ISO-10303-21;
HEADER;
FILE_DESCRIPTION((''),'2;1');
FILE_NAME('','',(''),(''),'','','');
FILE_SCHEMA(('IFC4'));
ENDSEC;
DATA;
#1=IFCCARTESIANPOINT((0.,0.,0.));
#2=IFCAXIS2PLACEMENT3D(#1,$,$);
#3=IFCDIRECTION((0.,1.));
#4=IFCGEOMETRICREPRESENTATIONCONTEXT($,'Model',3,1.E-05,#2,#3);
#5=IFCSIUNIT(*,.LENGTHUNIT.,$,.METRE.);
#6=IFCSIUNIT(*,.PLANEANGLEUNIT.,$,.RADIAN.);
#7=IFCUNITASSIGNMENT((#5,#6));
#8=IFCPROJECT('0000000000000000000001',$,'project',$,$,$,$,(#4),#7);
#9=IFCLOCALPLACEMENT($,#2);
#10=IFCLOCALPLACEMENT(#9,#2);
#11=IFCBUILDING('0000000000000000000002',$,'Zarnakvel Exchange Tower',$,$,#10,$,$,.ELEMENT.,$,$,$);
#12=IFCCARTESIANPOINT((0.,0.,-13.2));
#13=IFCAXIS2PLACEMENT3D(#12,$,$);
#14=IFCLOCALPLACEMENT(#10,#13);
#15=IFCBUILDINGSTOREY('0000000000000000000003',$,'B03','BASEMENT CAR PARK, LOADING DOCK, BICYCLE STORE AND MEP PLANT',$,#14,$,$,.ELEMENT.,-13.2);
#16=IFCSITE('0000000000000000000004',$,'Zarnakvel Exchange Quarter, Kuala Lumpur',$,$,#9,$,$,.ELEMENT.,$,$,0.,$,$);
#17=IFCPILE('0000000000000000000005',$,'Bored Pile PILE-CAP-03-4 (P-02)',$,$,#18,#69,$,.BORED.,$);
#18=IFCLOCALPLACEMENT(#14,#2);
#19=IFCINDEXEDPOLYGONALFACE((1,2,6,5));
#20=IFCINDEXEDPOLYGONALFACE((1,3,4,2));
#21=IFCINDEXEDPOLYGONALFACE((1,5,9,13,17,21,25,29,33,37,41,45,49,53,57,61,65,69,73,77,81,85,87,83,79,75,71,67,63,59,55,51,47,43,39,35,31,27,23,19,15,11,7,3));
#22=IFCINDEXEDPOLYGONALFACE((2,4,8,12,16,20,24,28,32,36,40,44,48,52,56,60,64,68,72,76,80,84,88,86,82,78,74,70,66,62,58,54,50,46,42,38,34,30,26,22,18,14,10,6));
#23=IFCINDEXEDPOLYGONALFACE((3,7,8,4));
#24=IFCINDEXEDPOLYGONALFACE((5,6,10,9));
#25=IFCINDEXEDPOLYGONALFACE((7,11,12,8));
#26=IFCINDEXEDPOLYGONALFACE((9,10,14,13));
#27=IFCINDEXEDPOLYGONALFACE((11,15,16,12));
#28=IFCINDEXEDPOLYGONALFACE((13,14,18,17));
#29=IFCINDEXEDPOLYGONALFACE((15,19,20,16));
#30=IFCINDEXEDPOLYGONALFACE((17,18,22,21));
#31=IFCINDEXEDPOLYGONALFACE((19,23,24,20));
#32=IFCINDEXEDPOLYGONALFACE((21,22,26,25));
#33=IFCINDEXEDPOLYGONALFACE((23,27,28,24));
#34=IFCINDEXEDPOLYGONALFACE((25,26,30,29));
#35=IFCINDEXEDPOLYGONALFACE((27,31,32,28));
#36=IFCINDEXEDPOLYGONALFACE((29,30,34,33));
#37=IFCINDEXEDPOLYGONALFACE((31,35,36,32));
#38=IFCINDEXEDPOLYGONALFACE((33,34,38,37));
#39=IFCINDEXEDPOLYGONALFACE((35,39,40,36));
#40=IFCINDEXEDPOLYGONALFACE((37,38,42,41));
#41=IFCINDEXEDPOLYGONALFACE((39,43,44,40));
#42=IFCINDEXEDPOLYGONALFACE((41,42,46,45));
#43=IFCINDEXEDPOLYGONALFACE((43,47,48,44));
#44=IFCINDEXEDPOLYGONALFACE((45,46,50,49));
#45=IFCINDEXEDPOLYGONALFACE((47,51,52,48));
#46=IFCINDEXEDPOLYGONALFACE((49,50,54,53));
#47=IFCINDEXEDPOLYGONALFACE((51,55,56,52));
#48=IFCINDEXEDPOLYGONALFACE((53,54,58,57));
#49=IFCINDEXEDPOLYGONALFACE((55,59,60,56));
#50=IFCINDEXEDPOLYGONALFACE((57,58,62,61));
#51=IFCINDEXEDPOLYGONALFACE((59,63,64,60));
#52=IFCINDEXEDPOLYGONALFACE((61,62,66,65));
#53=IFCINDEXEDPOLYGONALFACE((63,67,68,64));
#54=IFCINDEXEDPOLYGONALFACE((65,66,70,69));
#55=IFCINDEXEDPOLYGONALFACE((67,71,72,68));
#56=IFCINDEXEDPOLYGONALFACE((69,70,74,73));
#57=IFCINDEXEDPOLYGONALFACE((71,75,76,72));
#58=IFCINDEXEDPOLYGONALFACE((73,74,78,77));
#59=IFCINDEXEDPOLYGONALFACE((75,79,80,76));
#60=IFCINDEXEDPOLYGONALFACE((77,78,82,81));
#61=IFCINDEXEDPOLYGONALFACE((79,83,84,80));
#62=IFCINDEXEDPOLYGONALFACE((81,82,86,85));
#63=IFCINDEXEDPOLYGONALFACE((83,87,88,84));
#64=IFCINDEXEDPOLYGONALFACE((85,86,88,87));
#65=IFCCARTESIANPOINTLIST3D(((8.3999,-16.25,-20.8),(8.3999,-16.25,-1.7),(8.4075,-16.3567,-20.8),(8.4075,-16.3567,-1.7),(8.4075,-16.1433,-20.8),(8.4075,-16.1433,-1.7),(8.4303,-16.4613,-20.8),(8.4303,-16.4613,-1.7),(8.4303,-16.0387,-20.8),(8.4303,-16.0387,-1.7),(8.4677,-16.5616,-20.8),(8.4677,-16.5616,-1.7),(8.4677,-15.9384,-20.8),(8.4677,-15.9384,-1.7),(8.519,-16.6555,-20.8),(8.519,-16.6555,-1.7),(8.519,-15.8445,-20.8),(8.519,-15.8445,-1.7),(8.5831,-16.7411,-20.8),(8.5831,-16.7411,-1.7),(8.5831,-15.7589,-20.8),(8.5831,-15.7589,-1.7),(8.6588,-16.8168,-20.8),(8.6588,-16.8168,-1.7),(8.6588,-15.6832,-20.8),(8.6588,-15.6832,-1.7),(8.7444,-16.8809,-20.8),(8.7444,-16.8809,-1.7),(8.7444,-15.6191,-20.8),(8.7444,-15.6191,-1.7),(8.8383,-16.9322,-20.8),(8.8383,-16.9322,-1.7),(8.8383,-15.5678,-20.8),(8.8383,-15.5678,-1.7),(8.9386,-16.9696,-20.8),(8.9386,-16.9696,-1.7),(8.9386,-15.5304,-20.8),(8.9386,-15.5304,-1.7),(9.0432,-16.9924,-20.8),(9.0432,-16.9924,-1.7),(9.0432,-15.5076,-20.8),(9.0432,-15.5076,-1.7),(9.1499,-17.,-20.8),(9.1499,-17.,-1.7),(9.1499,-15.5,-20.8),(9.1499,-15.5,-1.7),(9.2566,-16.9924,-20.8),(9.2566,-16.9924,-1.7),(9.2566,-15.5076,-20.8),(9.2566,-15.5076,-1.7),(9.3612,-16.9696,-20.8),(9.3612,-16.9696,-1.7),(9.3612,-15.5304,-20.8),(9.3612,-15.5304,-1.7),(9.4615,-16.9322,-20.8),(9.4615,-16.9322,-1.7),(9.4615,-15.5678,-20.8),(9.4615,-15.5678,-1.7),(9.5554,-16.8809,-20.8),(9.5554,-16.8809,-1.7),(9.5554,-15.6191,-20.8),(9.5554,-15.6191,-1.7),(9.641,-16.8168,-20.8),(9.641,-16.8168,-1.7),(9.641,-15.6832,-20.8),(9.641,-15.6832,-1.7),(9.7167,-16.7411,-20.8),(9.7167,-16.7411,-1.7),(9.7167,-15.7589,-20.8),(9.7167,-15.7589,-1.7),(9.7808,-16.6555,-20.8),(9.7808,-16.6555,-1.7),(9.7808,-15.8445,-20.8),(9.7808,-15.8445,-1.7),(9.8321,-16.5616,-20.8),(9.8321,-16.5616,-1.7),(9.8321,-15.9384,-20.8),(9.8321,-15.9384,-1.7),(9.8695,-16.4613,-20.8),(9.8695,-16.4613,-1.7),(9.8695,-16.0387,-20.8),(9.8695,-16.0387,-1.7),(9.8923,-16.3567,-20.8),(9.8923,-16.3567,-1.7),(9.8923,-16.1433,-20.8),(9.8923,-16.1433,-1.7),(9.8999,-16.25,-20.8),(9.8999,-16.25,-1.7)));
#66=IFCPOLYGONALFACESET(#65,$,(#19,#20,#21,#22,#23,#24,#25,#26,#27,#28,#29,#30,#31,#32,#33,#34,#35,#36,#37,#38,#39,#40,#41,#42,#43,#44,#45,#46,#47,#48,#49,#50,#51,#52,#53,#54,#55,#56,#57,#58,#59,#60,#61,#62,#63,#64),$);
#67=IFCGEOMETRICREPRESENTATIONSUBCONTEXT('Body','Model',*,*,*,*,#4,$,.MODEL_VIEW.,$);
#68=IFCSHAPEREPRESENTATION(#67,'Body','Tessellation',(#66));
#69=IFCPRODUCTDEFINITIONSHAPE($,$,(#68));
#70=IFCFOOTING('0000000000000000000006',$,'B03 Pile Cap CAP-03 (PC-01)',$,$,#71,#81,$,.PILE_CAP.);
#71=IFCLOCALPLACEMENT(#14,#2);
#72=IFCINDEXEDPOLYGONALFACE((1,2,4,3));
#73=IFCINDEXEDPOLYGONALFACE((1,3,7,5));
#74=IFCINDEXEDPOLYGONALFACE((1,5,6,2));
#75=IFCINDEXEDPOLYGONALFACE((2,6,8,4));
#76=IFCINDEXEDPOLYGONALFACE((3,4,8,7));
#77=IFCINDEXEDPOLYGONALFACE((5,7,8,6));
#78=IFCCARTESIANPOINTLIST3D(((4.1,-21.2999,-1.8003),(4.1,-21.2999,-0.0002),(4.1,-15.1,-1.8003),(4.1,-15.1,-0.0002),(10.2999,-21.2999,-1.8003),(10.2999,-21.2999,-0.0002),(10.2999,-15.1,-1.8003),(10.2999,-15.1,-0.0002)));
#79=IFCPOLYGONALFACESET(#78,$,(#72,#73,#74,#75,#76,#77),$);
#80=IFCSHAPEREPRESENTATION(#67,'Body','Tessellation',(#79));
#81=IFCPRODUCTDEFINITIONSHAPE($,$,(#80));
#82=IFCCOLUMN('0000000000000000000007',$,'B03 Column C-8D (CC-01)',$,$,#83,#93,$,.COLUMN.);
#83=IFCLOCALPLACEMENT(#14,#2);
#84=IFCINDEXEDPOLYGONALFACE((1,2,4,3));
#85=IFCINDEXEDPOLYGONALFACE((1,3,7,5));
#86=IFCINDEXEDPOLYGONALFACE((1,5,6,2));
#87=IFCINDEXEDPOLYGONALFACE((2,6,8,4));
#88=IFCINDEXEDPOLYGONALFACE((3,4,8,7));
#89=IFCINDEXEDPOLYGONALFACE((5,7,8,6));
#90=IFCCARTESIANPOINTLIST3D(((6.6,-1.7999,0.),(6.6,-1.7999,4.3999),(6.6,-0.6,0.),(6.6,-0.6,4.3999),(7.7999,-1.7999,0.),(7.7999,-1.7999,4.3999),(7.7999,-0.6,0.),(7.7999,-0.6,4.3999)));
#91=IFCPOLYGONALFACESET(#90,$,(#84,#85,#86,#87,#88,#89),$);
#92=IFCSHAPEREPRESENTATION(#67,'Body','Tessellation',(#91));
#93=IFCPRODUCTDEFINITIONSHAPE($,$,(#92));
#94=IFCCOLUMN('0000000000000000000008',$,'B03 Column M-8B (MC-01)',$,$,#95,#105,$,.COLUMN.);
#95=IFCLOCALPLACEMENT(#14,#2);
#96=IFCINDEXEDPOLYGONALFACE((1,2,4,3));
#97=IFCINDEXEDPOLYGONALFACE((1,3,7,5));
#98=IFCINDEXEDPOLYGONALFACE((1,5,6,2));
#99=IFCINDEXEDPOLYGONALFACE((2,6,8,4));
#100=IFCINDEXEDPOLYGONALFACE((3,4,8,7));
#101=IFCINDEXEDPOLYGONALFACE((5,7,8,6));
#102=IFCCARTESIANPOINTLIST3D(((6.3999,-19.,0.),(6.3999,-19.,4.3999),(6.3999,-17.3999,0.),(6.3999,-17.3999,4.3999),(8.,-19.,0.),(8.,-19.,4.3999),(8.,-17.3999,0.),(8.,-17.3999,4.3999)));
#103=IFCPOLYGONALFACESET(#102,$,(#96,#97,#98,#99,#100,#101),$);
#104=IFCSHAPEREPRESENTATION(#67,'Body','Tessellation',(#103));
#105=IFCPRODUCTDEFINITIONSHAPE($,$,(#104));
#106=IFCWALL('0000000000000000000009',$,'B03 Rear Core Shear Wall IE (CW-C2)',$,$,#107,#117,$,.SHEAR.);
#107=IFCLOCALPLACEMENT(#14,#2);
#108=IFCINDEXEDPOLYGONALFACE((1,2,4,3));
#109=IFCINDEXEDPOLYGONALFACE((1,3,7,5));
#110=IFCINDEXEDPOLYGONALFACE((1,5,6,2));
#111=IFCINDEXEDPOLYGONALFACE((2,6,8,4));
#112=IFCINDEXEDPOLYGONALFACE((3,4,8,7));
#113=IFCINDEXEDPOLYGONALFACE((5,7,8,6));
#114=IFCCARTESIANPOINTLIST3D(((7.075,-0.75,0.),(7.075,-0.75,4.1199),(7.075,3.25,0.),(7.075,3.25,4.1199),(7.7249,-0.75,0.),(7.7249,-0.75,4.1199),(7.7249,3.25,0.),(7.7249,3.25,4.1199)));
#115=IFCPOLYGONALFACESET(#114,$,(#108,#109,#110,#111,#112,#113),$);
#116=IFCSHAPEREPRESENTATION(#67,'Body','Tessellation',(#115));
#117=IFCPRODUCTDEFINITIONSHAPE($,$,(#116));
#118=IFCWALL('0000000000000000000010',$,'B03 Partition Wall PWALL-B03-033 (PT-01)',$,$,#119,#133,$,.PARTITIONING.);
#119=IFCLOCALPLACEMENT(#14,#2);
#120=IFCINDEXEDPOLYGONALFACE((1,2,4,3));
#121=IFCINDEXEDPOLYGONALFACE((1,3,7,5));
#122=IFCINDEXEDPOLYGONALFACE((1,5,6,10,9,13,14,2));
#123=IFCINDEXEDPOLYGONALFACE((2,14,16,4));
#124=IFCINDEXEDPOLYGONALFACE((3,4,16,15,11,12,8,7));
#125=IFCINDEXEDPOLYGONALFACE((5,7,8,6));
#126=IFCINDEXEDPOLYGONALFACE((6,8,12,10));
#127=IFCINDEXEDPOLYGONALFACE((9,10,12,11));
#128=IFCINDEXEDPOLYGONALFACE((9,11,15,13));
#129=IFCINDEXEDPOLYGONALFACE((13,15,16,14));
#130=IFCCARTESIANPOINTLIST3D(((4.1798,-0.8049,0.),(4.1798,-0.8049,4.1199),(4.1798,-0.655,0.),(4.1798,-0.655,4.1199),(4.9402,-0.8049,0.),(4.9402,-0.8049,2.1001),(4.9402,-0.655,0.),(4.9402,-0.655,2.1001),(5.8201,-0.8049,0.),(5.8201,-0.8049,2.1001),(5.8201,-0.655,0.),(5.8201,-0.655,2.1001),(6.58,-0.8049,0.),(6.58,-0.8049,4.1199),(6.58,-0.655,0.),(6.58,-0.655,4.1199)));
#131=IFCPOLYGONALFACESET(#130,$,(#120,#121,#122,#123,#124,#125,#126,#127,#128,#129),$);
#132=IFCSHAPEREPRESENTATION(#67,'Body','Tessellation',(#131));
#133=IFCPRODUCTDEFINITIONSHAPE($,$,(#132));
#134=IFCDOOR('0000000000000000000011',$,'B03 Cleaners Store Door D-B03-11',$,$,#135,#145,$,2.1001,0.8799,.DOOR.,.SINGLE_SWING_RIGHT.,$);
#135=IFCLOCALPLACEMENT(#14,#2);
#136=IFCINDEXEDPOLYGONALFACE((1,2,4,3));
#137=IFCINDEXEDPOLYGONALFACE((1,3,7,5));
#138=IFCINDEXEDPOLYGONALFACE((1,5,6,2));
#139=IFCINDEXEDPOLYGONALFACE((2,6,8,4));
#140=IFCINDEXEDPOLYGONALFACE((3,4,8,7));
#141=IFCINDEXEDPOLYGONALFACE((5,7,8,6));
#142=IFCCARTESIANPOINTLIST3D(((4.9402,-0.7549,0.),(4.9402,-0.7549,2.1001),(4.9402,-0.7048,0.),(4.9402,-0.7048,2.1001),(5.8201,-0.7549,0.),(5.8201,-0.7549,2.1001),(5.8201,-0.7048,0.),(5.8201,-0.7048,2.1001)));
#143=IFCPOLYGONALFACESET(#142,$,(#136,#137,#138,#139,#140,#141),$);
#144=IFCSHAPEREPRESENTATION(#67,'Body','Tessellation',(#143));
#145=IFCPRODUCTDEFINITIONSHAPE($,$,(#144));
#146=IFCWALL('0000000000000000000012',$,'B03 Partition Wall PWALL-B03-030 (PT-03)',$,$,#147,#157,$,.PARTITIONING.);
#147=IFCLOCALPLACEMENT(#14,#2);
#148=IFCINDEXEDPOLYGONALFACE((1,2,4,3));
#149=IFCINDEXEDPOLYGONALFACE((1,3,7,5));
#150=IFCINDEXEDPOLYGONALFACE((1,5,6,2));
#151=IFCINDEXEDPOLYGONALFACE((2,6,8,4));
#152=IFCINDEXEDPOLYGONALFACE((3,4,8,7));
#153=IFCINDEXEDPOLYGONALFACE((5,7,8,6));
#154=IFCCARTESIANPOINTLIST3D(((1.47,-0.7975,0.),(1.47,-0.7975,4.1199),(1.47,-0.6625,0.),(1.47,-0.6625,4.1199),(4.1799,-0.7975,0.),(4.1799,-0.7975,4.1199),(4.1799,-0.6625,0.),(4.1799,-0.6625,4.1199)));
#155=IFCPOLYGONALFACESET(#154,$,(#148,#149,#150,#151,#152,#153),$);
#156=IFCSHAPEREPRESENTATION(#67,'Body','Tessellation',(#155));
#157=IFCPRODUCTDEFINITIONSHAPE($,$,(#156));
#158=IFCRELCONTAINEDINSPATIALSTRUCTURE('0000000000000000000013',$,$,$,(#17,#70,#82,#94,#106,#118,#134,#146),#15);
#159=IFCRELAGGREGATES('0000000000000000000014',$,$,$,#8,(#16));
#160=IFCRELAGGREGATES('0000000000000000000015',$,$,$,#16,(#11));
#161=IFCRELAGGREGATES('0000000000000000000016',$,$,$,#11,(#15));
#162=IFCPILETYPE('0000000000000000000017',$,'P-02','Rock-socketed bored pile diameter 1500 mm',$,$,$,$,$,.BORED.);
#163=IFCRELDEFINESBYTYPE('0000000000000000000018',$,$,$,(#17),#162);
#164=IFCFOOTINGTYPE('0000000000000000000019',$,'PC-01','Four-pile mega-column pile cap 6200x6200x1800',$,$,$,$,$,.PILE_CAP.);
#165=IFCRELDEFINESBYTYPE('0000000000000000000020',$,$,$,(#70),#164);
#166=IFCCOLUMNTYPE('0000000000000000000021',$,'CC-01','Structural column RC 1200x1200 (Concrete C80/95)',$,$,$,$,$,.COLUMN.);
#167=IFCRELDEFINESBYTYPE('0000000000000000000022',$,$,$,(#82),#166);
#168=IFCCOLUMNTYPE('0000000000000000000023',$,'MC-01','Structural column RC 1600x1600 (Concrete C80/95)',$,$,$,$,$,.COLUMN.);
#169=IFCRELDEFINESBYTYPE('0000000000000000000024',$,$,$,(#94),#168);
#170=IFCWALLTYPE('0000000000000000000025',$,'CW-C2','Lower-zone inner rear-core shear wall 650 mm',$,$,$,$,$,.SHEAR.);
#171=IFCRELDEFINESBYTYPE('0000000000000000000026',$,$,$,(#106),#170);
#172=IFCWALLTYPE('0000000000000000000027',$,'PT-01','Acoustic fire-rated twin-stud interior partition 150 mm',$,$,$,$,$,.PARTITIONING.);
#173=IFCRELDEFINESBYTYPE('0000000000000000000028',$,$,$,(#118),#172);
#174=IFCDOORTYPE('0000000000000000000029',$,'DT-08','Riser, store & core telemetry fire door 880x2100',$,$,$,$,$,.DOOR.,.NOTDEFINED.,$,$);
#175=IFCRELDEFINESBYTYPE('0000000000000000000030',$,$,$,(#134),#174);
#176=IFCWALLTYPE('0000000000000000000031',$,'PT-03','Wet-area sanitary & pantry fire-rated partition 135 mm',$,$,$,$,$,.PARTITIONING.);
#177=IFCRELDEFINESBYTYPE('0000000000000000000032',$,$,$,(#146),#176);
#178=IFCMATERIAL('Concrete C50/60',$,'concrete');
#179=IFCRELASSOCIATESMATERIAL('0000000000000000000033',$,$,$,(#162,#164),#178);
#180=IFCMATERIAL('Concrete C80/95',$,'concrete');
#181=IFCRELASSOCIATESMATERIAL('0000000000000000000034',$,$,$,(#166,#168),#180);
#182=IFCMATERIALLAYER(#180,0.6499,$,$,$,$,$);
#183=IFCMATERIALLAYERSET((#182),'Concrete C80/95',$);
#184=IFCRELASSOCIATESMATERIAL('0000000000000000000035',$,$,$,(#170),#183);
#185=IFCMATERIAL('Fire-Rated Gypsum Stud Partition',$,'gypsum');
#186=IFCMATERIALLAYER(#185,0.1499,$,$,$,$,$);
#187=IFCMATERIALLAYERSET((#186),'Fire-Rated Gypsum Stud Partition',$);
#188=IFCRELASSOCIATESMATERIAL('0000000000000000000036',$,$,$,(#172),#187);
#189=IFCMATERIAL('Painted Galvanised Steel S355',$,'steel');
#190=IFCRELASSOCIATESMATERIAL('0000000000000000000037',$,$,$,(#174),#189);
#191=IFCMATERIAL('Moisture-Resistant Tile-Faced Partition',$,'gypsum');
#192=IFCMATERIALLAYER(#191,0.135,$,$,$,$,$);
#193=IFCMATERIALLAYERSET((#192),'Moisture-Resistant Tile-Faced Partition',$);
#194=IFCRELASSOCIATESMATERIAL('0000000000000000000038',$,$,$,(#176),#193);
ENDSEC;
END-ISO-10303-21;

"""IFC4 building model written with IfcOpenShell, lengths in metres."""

from ifc_helpers import new_model, si_unit, direction, frame, frame_2d, origin, origin_2d, place, context, subcontext, project, spatial, rectangle, circle, extrude, source, transform, mapped, material, layer, layer_set, material_profile, profile_set, type_object, element, fill, save


model = new_model("IFC4")

# Units and contexts
model_context = context("Model", 3, precision=1e-05, world=origin(), true_north=direction((0.0, 1.0)))
body_context = subcontext(model_context, "Body", "Model", "MODEL_VIEW")
ifc_project = project(units=[si_unit("LENGTHUNIT", "METRE"), si_unit("PLANEANGLEUNIT", "RADIAN")], contexts=[model_context])

# Site, building, storey
site_placement = place(None, origin())
site = spatial("IfcSite", under=ifc_project, at=site_placement, Name="Zarnakvel Exchange Quarter, Kuala Lumpur", CompositionType="ELEMENT", RefElevation=0.0)
building_placement = place(site_placement, origin())
building = spatial("IfcBuilding", under=site, at=building_placement, Name="Zarnakvel Exchange Tower", CompositionType="ELEMENT")
storey_placement = place(building_placement, frame((0.0, 0.0, -13.2)))
storey = spatial("IfcBuildingStorey", under=building, at=storey_placement, Name="B03", Description="BASEMENT CAR PARK, LOADING DOCK, BICYCLE STORE AND MEP PLANT", CompositionType="ELEMENT", Elevation=-13.2)

# Shared definitions
ifc_material_1 = material(Name="Concrete C50/60", Category="concrete")

# Pile
ifc_material_profile_1 = material_profile(ifc_material_1, circle(Radius=0.75, at=origin_2d()))
ifc_profile_set_1 = profile_set([ifc_material_profile_1], Name="Concrete C50/60")
pile_type_1 = type_object("IfcPileType", Name="P-02", Description="Rock-socketed bored pile diameter 1500 mm", PredefinedType="BORED", material=ifc_profile_set_1)
for number, where, z_axis, x_axis, name in (
    (1, (9.1499, -16.25, -1.7), (0.0, 0.0, -1.0), (1.0, 0.0, 0.0), "Bored Pile PILE-CAP-03-4 (P-02)"),
):
    element("IfcPile", number, at=place(storey_placement, frame(where, z_axis=z_axis, x_axis=x_axis)), inside=storey, type_object=pile_type_1, Name=name, PredefinedType="BORED", context=body_context, shape_type="SweptSolid", body=[
        extrude(circle(Radius=0.75, at=origin_2d()), origin(), (0.0, 0.0, 1.0), 19.1001),
    ])

# Footing
footing_type_1 = type_object("IfcFootingType", Name="PC-01", Description="Four-pile mega-column pile cap 6200x6200x1800", PredefinedType="PILE_CAP", material=ifc_material_1)
shared_shape_1 = source(origin(), body_context, "Body", "SweptSolid", [
    extrude(rectangle(XDim=6.2, YDim=6.2, at=origin_2d()), origin(), (0.0, 0.0, 1.0), 1.8),
])
footing_1_placement = place(storey_placement, frame((7.2, -18.2, -1.8003), z_axis=(0.0, 0.0, 1.0), x_axis=(1.0, 0.0, 0.0)))
element("IfcFooting", 2, at=footing_1_placement, inside=storey, type_object=footing_type_1, Name="B03 Pile Cap CAP-03 (PC-01)", PredefinedType="PILE_CAP", context=body_context, shape_type="MappedRepresentation", body=[
    mapped(shared_shape_1, transform((0.0, 0.0, 0.0), x_axis=(1.0, 0.0, 0.0), y_axis=(0.0, 1.0, 0.0), z_axis=(0.0, 0.0, 1.0), scale=1.0)),
])

# Columns
ifc_material_2 = material(Name="Concrete C80/95", Category="concrete")
ifc_material_profile_2 = material_profile(ifc_material_2, rectangle(XDim=1.2, YDim=1.2, at=origin_2d()))
ifc_profile_set_2 = profile_set([ifc_material_profile_2], Name="Concrete C80/95")
column_type_1 = type_object("IfcColumnType", Name="CC-01", Description="Structural column RC 1200x1200 (Concrete C80/95)", PredefinedType="COLUMN", material=ifc_profile_set_2)
column_1_placement = place(storey_placement, frame((7.2, -1.2, 0.0), z_axis=(0.0, 0.0, 1.0), x_axis=(1.0, 0.0, 0.0)))
element("IfcColumn", 3, at=column_1_placement, inside=storey, type_object=column_type_1, Name="B03 Column C-8D (CC-01)", PredefinedType="COLUMN", context=body_context, shape_type="SweptSolid", body=[
    extrude(rectangle(XDim=1.2, YDim=1.2, at=origin_2d()), origin(), (0.0, 0.0, 1.0), 4.3999),
])
ifc_material_profile_3 = material_profile(ifc_material_2, rectangle(XDim=1.6001, YDim=1.6001, at=origin_2d()))
ifc_profile_set_3 = profile_set([ifc_material_profile_3], Name="Concrete C80/95")
column_type_2 = type_object("IfcColumnType", Name="MC-01", Description="Structural column RC 1600x1600 (Concrete C80/95)", PredefinedType="COLUMN", material=ifc_profile_set_3)
column_2_placement = place(storey_placement, frame((7.2, -18.2, 0.0), z_axis=(0.0, 0.0, 1.0), x_axis=(1.0, 0.0, 0.0)))
element("IfcColumn", 4, at=column_2_placement, inside=storey, type_object=column_type_2, Name="B03 Column M-8B (MC-01)", PredefinedType="COLUMN", context=body_context, shape_type="SweptSolid", body=[
    extrude(rectangle(XDim=1.6001, YDim=1.6001, at=origin_2d()), origin(), (0.0, 0.0, 1.0), 4.3999),
])

# Shared definitions
ifc_material_3 = material(Name="Painted Galvanised Steel S355", Category="steel")

# Wall
ifc_layer_1 = layer(ifc_material_2, 0.6499)
ifc_layer_set_1 = layer_set([ifc_layer_1], Name="Concrete C80/95")
wall_type_1 = type_object("IfcWallType", Name="CW-C2", Description="Lower-zone inner rear-core shear wall 650 mm", PredefinedType="SHEAR", material=ifc_layer_set_1)
wall_1_placement = place(storey_placement, frame((7.3999, -0.75, 0.0), z_axis=(0.0, 0.0, 1.0), x_axis=(0.0, 1.0, 0.0)))
element("IfcWall", 5, at=wall_1_placement, inside=storey, type_object=wall_type_1, Name="B03 Rear Core Shear Wall IE (CW-C2)", PredefinedType="SHEAR", context=body_context, shape_type="SweptSolid", body=[
    extrude(rectangle(XDim=4.0, YDim=0.6499, at=frame_2d((2.0, 0.0))), origin(), (0.0, 0.0, 1.0), 4.1199),
])

# Wall, opening, door
ifc_material_4 = material(Name="Fire-Rated Gypsum Stud Partition", Category="gypsum")
ifc_layer_2 = layer(ifc_material_4, 0.1499)
ifc_layer_set_2 = layer_set([ifc_layer_2], Name="Fire-Rated Gypsum Stud Partition")
wall_type_2 = type_object("IfcWallType", Name="PT-01", Description="Acoustic fire-rated twin-stud interior partition 150 mm", PredefinedType="PARTITIONING", material=ifc_layer_set_2)
wall_2_placement = place(storey_placement, frame((6.5801, -0.73, 0.0), z_axis=(0.0, 0.0, 1.0), x_axis=(-1.0, 0.0, 0.0)))
wall_2 = element("IfcWall", 6, at=wall_2_placement, inside=storey, type_object=wall_type_2, Name="B03 Partition Wall PWALL-B03-033 (PT-01)", PredefinedType="PARTITIONING", context=body_context, shape_type="SweptSolid", body=[
    extrude(rectangle(XDim=2.4001, YDim=0.1499, at=frame_2d((1.2002, 0.0))), origin(), (0.0, 0.0, 1.0), 4.1199),
])
opening_1_placement = place(wall_2_placement, frame((0.76, 0.0, 0.0)))
opening_1 = element("IfcOpeningElement", 7, at=opening_1_placement, cuts=wall_2, PredefinedType="OPENING", context=body_context, shape_type="SweptSolid", body=[
    extrude(rectangle(XDim=0.8799, YDim=2.1001, at=frame_2d((0.4399, 1.05))), frame((0.0, 0.085, 0.0), z_axis=(0.0, -1.0, 0.0), x_axis=(1.0, 0.0, 0.0)), (0.0, 0.0, 1.0), 0.1699),
])
door_type_1 = type_object("IfcDoorType", Name="DT-08", Description="Riser, store & core telemetry fire door 880x2100", OperationType="NOTDEFINED", PredefinedType="DOOR", material=ifc_material_3)
shared_shape_2 = source(origin(), body_context, "Body", "SweptSolid", [
    extrude(rectangle(XDim=0.8799, YDim=2.1001, at=frame_2d((0.4399, 1.05))), frame((0.0, 0.0249, 0.0), z_axis=(0.0, -1.0, 0.0), x_axis=(1.0, 0.0, 0.0)), (0.0, 0.0, 1.0), 0.05),
])
door_1_placement = place(opening_1_placement, origin())
door_1 = element("IfcDoor", 8, at=door_1_placement, inside=storey, type_object=door_type_1, Name="B03 Cleaners Store Door D-B03-11", OperationType="SINGLE_SWING_RIGHT", OverallHeight=2.1001, OverallWidth=0.8799, PredefinedType="DOOR", context=body_context, shape_type="MappedRepresentation", body=[
    mapped(shared_shape_2, transform((0.0, 0.0, 0.0), x_axis=(1.0, 0.0, 0.0), y_axis=(0.0, 1.0, 0.0), z_axis=(0.0, 0.0, 1.0), scale=1.0)),
])
fill(opening_1, door_1)

# Wall
ifc_material_5 = material(Name="Moisture-Resistant Tile-Faced Partition", Category="gypsum")
ifc_layer_3 = layer(ifc_material_5, 0.135)
ifc_layer_set_3 = layer_set([ifc_layer_3], Name="Moisture-Resistant Tile-Faced Partition")
wall_type_3 = type_object("IfcWallType", Name="PT-03", Description="Wet-area sanitary & pantry fire-rated partition 135 mm", PredefinedType="PARTITIONING", material=ifc_layer_set_3)
wall_3_placement = place(storey_placement, frame((4.1799, -0.73, 0.0), z_axis=(0.0, 0.0, 1.0), x_axis=(-1.0, 0.0, 0.0)))
element("IfcWall", 9, at=wall_3_placement, inside=storey, type_object=wall_type_3, Name="B03 Partition Wall PWALL-B03-030 (PT-03)", PredefinedType="PARTITIONING", context=body_context, shape_type="SweptSolid", body=[
    extrude(rectangle(XDim=2.71, YDim=0.135, at=frame_2d((1.355, 0.0))), origin(), (0.0, 0.0, 1.0), 4.1199),
])

save(model, "model.ifc")
